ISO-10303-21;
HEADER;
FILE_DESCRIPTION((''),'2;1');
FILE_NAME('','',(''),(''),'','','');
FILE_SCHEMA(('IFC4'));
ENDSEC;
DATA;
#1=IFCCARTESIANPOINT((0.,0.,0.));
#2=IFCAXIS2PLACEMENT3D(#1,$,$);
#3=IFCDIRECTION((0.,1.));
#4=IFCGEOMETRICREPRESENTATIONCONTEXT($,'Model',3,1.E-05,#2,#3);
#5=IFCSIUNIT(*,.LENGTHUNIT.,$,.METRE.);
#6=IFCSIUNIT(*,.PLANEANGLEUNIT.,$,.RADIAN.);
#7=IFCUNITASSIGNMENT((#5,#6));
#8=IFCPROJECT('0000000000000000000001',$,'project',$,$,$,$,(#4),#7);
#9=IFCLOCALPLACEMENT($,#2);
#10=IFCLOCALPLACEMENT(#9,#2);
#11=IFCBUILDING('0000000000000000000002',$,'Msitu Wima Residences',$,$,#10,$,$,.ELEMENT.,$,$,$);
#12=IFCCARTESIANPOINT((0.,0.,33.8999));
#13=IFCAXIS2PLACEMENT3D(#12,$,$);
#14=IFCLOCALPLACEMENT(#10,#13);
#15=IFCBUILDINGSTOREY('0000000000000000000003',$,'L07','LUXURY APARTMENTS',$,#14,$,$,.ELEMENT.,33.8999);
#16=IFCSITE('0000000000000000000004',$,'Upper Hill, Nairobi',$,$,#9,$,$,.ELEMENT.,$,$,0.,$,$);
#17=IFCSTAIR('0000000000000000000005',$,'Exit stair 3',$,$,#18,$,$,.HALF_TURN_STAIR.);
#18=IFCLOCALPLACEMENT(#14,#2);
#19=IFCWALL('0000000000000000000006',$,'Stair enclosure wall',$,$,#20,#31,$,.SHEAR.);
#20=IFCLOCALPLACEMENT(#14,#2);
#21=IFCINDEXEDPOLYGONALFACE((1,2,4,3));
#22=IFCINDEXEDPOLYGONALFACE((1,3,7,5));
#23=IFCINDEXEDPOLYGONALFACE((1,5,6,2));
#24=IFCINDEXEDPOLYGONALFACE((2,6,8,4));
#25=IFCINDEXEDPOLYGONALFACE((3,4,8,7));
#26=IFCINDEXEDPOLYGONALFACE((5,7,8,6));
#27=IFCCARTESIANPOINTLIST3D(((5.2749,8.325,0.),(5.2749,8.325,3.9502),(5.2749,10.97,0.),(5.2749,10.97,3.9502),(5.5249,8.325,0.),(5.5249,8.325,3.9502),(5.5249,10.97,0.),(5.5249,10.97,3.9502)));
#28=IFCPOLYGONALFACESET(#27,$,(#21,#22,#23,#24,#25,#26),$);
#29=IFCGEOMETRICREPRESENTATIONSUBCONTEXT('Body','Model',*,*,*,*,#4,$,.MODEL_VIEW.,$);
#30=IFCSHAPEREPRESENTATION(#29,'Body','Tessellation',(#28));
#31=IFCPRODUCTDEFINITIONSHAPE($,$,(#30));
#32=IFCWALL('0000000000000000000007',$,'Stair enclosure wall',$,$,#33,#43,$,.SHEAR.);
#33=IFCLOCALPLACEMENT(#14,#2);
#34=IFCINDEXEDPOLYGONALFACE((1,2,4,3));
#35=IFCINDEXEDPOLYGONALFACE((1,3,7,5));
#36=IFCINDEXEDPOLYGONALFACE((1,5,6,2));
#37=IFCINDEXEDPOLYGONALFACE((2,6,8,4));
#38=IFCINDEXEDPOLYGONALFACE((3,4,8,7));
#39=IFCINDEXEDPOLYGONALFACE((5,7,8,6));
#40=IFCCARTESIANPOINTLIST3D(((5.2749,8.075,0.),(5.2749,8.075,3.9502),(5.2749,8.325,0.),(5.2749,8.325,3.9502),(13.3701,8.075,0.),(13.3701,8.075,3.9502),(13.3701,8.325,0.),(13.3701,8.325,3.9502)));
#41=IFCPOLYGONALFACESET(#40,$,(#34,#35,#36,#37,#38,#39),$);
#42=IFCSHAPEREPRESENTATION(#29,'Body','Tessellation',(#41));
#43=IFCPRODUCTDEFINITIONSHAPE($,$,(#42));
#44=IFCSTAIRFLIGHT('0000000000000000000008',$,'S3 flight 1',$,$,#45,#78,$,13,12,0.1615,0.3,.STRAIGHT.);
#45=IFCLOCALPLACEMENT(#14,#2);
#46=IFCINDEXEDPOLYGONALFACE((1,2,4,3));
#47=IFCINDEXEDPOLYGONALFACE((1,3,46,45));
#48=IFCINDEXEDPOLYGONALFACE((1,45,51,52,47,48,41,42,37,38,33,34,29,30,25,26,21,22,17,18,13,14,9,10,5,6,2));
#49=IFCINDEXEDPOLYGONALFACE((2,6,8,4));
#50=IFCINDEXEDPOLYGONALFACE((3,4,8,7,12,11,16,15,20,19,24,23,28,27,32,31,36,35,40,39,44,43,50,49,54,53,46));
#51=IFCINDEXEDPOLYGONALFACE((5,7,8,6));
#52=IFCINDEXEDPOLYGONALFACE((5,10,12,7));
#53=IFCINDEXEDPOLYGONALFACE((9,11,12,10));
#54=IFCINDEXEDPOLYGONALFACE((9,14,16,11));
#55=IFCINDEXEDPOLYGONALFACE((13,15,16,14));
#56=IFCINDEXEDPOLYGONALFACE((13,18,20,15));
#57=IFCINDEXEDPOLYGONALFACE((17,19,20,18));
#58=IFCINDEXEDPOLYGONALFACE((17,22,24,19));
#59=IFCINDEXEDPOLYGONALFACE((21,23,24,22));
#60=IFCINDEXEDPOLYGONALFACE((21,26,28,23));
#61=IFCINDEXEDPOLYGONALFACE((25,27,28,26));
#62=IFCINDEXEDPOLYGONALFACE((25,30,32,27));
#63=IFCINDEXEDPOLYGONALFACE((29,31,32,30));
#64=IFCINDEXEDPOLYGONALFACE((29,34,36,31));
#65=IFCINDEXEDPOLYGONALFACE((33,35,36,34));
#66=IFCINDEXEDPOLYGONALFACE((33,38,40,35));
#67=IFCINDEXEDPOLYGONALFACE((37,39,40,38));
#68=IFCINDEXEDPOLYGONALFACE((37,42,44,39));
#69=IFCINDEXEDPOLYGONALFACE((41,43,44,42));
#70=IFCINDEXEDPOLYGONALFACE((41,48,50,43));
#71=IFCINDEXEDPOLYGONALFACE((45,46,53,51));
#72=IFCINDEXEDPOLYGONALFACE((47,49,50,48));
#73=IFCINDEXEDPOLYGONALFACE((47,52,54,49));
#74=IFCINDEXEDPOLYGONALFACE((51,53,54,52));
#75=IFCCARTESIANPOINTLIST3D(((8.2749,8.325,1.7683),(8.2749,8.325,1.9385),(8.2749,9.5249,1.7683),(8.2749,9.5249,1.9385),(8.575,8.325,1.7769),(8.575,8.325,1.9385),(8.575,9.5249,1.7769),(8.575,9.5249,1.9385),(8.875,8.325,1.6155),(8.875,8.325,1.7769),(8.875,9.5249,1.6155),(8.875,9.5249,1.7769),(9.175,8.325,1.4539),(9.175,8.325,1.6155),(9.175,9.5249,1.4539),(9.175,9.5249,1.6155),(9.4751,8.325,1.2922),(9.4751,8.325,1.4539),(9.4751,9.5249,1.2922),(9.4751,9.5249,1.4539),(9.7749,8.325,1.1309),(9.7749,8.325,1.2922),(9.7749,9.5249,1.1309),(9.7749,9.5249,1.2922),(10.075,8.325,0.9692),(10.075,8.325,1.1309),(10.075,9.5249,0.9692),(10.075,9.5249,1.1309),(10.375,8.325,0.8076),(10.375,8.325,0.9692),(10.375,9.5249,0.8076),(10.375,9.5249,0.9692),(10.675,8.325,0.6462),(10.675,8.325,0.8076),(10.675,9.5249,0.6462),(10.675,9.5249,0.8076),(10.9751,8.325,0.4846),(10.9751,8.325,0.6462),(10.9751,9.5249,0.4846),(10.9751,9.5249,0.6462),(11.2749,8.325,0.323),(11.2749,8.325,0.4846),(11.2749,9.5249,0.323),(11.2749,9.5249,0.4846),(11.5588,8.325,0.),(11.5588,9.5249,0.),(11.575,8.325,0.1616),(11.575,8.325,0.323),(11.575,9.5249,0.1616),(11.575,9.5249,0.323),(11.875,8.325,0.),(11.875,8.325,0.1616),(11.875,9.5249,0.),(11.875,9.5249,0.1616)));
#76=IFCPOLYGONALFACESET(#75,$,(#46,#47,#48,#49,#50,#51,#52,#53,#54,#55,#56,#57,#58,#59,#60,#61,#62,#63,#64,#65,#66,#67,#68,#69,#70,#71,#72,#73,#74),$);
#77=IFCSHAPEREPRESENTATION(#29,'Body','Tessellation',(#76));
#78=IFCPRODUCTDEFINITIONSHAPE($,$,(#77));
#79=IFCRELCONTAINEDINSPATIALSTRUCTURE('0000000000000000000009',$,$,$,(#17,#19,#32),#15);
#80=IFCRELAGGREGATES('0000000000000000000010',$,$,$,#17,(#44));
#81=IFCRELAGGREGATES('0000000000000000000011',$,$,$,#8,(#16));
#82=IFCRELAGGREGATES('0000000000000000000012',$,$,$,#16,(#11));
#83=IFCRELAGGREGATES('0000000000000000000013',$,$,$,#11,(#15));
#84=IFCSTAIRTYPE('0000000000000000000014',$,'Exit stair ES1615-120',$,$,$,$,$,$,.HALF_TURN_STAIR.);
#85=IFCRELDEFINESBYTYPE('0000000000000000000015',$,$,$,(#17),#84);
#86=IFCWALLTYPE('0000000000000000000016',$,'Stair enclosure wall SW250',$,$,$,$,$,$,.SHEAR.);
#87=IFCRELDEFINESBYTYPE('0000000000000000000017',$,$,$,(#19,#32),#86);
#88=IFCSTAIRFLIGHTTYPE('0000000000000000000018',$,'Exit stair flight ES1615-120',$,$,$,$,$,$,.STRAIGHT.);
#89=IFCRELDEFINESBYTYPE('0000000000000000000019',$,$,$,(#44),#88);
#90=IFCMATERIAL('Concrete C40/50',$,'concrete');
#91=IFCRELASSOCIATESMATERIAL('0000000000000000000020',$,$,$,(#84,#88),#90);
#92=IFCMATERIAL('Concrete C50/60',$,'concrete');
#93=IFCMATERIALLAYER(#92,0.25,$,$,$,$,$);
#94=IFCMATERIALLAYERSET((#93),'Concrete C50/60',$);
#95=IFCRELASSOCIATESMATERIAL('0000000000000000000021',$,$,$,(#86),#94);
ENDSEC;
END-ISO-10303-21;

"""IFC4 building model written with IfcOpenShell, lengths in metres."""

from ifc_helpers import new_model, si_unit, direction, frame, frame_2d, origin, place, context, subcontext, project, spatial, polyline, rectangle, outline, extrude, material, layer, layer_set, type_object, element, aggregate, save


model = new_model("IFC4")

# Units and contexts
model_context = context("Model", 3, precision=1e-05, world=origin(), true_north=direction((0.0, 1.0)))
body_context = subcontext(model_context, "Body", "Model", "MODEL_VIEW")
ifc_project = project(units=[si_unit("LENGTHUNIT", "METRE"), si_unit("PLANEANGLEUNIT", "RADIAN")], contexts=[model_context])

# Site, building, storey
site_placement = place(None, origin())
site = spatial("IfcSite", under=ifc_project, at=site_placement, Name="Upper Hill, Nairobi", CompositionType="ELEMENT", RefElevation=0.0)
building_placement = place(site_placement, origin())
building = spatial("IfcBuilding", under=site, at=building_placement, Name="Msitu Wima Residences", CompositionType="ELEMENT")
storey_placement = place(building_placement, frame((0.0, 0.0, 33.8999)))
storey = spatial("IfcBuildingStorey", under=building, at=storey_placement, Name="L07", Description="LUXURY APARTMENTS", CompositionType="ELEMENT", Elevation=33.8999)

# Shared definitions
ifc_material_1 = material(Name="Concrete C40/50", Category="concrete")

# Stair
stair_type = type_object("IfcStairType", Name="Exit stair ES1615-120", PredefinedType="HALF_TURN_STAIR", material=ifc_material_1)
stair_1_placement = place(storey_placement, origin())
stair_1 = element("IfcStair", 1, at=stair_1_placement, inside=storey, type_object=stair_type, Name="Exit stair 3", PredefinedType="HALF_TURN_STAIR")

# Walls
ifc_material_2 = material(Name="Concrete C50/60", Category="concrete")
ifc_layer_1 = layer(ifc_material_2, 0.25)
ifc_layer_set_1 = layer_set([ifc_layer_1], Name="Concrete C50/60")
wall_type_1 = type_object("IfcWallType", Name="Stair enclosure wall SW250", PredefinedType="SHEAR", material=ifc_layer_set_1)
wall_1_placement = place(storey_placement, frame((5.3999, 8.325, 0.0), z_axis=(0.0, 0.0, 1.0), x_axis=(0.0, 1.0, 0.0)))
element("IfcWall", 2, at=wall_1_placement, inside=storey, type_object=wall_type_1, Name="Stair enclosure wall", PredefinedType="SHEAR", context=body_context, shape_type="SweptSolid", body=[
    extrude(rectangle(XDim=2.645, YDim=0.25, at=frame_2d((1.3225, 0.0))), origin(), (0.0, 0.0, 1.0), 3.9502),
])
wall_2_placement = place(storey_placement, frame((5.2749, 8.2, 0.0), z_axis=(0.0, 0.0, 1.0), x_axis=(1.0, 0.0, 0.0)))
element("IfcWall", 3, at=wall_2_placement, inside=storey, type_object=wall_type_1, Name="Stair enclosure wall", PredefinedType="SHEAR", context=body_context, shape_type="SweptSolid", body=[
    extrude(rectangle(XDim=8.0952, YDim=0.25, at=frame_2d((4.0476, 0.0))), origin(), (0.0, 0.0, 1.0), 3.9502),
])

# Stair flight
stair_flight_type = type_object("IfcStairFlightType", Name="Exit stair flight ES1615-120", PredefinedType="STRAIGHT", material=ifc_material_1)
stair_flight_placement = place(storey_placement, frame((11.875, 8.925, 0.0), z_axis=(0.0, 0.0, 1.0), x_axis=(-1.0, 0.0, 0.0)))
stair_flight = element("IfcStairFlight", 4, at=stair_flight_placement, type_object=stair_flight_type, Name="S3 flight 1", NumberOfRisers=13, NumberOfTreads=12, PredefinedType="STRAIGHT", RiserHeight=0.1615, TreadLength=0.3, context=body_context, shape_type="SweptSolid", body=[
    extrude(outline(polyline([(0.0, 0.0), (0.0, 0.1616), (0.3, 0.1616), (0.3, 0.323), (0.6001, 0.323), (0.6001, 0.4846), (0.8999, 0.4846), (0.8999, 0.6462), (1.2, 0.6462), (1.2, 0.8076), (1.5, 0.8076), (1.5, 0.9692), (1.8, 0.9692), (1.8, 1.1309), (2.1001, 1.1309), (2.1001, 1.2922), (2.3999, 1.2922), (2.3999, 1.4539), (2.7, 1.4539), (2.7, 1.6155), (3.0, 1.6155), (3.0, 1.7769), (3.3, 1.7769), (3.3, 1.9385), (3.6001, 1.9385), (3.6001, 2.1001), (3.6001, 1.7683), (0.3162, 0.0), (0.0, 0.0)])), frame((0.0, 0.6001, 0.0), z_axis=(0.0, -1.0, 0.0), x_axis=(1.0, 0.0, 0.0)), (0.0, 0.0, 1.0), 1.2),
])
aggregate(stair_1, [stair_flight])

save(model, "model.ifc")
